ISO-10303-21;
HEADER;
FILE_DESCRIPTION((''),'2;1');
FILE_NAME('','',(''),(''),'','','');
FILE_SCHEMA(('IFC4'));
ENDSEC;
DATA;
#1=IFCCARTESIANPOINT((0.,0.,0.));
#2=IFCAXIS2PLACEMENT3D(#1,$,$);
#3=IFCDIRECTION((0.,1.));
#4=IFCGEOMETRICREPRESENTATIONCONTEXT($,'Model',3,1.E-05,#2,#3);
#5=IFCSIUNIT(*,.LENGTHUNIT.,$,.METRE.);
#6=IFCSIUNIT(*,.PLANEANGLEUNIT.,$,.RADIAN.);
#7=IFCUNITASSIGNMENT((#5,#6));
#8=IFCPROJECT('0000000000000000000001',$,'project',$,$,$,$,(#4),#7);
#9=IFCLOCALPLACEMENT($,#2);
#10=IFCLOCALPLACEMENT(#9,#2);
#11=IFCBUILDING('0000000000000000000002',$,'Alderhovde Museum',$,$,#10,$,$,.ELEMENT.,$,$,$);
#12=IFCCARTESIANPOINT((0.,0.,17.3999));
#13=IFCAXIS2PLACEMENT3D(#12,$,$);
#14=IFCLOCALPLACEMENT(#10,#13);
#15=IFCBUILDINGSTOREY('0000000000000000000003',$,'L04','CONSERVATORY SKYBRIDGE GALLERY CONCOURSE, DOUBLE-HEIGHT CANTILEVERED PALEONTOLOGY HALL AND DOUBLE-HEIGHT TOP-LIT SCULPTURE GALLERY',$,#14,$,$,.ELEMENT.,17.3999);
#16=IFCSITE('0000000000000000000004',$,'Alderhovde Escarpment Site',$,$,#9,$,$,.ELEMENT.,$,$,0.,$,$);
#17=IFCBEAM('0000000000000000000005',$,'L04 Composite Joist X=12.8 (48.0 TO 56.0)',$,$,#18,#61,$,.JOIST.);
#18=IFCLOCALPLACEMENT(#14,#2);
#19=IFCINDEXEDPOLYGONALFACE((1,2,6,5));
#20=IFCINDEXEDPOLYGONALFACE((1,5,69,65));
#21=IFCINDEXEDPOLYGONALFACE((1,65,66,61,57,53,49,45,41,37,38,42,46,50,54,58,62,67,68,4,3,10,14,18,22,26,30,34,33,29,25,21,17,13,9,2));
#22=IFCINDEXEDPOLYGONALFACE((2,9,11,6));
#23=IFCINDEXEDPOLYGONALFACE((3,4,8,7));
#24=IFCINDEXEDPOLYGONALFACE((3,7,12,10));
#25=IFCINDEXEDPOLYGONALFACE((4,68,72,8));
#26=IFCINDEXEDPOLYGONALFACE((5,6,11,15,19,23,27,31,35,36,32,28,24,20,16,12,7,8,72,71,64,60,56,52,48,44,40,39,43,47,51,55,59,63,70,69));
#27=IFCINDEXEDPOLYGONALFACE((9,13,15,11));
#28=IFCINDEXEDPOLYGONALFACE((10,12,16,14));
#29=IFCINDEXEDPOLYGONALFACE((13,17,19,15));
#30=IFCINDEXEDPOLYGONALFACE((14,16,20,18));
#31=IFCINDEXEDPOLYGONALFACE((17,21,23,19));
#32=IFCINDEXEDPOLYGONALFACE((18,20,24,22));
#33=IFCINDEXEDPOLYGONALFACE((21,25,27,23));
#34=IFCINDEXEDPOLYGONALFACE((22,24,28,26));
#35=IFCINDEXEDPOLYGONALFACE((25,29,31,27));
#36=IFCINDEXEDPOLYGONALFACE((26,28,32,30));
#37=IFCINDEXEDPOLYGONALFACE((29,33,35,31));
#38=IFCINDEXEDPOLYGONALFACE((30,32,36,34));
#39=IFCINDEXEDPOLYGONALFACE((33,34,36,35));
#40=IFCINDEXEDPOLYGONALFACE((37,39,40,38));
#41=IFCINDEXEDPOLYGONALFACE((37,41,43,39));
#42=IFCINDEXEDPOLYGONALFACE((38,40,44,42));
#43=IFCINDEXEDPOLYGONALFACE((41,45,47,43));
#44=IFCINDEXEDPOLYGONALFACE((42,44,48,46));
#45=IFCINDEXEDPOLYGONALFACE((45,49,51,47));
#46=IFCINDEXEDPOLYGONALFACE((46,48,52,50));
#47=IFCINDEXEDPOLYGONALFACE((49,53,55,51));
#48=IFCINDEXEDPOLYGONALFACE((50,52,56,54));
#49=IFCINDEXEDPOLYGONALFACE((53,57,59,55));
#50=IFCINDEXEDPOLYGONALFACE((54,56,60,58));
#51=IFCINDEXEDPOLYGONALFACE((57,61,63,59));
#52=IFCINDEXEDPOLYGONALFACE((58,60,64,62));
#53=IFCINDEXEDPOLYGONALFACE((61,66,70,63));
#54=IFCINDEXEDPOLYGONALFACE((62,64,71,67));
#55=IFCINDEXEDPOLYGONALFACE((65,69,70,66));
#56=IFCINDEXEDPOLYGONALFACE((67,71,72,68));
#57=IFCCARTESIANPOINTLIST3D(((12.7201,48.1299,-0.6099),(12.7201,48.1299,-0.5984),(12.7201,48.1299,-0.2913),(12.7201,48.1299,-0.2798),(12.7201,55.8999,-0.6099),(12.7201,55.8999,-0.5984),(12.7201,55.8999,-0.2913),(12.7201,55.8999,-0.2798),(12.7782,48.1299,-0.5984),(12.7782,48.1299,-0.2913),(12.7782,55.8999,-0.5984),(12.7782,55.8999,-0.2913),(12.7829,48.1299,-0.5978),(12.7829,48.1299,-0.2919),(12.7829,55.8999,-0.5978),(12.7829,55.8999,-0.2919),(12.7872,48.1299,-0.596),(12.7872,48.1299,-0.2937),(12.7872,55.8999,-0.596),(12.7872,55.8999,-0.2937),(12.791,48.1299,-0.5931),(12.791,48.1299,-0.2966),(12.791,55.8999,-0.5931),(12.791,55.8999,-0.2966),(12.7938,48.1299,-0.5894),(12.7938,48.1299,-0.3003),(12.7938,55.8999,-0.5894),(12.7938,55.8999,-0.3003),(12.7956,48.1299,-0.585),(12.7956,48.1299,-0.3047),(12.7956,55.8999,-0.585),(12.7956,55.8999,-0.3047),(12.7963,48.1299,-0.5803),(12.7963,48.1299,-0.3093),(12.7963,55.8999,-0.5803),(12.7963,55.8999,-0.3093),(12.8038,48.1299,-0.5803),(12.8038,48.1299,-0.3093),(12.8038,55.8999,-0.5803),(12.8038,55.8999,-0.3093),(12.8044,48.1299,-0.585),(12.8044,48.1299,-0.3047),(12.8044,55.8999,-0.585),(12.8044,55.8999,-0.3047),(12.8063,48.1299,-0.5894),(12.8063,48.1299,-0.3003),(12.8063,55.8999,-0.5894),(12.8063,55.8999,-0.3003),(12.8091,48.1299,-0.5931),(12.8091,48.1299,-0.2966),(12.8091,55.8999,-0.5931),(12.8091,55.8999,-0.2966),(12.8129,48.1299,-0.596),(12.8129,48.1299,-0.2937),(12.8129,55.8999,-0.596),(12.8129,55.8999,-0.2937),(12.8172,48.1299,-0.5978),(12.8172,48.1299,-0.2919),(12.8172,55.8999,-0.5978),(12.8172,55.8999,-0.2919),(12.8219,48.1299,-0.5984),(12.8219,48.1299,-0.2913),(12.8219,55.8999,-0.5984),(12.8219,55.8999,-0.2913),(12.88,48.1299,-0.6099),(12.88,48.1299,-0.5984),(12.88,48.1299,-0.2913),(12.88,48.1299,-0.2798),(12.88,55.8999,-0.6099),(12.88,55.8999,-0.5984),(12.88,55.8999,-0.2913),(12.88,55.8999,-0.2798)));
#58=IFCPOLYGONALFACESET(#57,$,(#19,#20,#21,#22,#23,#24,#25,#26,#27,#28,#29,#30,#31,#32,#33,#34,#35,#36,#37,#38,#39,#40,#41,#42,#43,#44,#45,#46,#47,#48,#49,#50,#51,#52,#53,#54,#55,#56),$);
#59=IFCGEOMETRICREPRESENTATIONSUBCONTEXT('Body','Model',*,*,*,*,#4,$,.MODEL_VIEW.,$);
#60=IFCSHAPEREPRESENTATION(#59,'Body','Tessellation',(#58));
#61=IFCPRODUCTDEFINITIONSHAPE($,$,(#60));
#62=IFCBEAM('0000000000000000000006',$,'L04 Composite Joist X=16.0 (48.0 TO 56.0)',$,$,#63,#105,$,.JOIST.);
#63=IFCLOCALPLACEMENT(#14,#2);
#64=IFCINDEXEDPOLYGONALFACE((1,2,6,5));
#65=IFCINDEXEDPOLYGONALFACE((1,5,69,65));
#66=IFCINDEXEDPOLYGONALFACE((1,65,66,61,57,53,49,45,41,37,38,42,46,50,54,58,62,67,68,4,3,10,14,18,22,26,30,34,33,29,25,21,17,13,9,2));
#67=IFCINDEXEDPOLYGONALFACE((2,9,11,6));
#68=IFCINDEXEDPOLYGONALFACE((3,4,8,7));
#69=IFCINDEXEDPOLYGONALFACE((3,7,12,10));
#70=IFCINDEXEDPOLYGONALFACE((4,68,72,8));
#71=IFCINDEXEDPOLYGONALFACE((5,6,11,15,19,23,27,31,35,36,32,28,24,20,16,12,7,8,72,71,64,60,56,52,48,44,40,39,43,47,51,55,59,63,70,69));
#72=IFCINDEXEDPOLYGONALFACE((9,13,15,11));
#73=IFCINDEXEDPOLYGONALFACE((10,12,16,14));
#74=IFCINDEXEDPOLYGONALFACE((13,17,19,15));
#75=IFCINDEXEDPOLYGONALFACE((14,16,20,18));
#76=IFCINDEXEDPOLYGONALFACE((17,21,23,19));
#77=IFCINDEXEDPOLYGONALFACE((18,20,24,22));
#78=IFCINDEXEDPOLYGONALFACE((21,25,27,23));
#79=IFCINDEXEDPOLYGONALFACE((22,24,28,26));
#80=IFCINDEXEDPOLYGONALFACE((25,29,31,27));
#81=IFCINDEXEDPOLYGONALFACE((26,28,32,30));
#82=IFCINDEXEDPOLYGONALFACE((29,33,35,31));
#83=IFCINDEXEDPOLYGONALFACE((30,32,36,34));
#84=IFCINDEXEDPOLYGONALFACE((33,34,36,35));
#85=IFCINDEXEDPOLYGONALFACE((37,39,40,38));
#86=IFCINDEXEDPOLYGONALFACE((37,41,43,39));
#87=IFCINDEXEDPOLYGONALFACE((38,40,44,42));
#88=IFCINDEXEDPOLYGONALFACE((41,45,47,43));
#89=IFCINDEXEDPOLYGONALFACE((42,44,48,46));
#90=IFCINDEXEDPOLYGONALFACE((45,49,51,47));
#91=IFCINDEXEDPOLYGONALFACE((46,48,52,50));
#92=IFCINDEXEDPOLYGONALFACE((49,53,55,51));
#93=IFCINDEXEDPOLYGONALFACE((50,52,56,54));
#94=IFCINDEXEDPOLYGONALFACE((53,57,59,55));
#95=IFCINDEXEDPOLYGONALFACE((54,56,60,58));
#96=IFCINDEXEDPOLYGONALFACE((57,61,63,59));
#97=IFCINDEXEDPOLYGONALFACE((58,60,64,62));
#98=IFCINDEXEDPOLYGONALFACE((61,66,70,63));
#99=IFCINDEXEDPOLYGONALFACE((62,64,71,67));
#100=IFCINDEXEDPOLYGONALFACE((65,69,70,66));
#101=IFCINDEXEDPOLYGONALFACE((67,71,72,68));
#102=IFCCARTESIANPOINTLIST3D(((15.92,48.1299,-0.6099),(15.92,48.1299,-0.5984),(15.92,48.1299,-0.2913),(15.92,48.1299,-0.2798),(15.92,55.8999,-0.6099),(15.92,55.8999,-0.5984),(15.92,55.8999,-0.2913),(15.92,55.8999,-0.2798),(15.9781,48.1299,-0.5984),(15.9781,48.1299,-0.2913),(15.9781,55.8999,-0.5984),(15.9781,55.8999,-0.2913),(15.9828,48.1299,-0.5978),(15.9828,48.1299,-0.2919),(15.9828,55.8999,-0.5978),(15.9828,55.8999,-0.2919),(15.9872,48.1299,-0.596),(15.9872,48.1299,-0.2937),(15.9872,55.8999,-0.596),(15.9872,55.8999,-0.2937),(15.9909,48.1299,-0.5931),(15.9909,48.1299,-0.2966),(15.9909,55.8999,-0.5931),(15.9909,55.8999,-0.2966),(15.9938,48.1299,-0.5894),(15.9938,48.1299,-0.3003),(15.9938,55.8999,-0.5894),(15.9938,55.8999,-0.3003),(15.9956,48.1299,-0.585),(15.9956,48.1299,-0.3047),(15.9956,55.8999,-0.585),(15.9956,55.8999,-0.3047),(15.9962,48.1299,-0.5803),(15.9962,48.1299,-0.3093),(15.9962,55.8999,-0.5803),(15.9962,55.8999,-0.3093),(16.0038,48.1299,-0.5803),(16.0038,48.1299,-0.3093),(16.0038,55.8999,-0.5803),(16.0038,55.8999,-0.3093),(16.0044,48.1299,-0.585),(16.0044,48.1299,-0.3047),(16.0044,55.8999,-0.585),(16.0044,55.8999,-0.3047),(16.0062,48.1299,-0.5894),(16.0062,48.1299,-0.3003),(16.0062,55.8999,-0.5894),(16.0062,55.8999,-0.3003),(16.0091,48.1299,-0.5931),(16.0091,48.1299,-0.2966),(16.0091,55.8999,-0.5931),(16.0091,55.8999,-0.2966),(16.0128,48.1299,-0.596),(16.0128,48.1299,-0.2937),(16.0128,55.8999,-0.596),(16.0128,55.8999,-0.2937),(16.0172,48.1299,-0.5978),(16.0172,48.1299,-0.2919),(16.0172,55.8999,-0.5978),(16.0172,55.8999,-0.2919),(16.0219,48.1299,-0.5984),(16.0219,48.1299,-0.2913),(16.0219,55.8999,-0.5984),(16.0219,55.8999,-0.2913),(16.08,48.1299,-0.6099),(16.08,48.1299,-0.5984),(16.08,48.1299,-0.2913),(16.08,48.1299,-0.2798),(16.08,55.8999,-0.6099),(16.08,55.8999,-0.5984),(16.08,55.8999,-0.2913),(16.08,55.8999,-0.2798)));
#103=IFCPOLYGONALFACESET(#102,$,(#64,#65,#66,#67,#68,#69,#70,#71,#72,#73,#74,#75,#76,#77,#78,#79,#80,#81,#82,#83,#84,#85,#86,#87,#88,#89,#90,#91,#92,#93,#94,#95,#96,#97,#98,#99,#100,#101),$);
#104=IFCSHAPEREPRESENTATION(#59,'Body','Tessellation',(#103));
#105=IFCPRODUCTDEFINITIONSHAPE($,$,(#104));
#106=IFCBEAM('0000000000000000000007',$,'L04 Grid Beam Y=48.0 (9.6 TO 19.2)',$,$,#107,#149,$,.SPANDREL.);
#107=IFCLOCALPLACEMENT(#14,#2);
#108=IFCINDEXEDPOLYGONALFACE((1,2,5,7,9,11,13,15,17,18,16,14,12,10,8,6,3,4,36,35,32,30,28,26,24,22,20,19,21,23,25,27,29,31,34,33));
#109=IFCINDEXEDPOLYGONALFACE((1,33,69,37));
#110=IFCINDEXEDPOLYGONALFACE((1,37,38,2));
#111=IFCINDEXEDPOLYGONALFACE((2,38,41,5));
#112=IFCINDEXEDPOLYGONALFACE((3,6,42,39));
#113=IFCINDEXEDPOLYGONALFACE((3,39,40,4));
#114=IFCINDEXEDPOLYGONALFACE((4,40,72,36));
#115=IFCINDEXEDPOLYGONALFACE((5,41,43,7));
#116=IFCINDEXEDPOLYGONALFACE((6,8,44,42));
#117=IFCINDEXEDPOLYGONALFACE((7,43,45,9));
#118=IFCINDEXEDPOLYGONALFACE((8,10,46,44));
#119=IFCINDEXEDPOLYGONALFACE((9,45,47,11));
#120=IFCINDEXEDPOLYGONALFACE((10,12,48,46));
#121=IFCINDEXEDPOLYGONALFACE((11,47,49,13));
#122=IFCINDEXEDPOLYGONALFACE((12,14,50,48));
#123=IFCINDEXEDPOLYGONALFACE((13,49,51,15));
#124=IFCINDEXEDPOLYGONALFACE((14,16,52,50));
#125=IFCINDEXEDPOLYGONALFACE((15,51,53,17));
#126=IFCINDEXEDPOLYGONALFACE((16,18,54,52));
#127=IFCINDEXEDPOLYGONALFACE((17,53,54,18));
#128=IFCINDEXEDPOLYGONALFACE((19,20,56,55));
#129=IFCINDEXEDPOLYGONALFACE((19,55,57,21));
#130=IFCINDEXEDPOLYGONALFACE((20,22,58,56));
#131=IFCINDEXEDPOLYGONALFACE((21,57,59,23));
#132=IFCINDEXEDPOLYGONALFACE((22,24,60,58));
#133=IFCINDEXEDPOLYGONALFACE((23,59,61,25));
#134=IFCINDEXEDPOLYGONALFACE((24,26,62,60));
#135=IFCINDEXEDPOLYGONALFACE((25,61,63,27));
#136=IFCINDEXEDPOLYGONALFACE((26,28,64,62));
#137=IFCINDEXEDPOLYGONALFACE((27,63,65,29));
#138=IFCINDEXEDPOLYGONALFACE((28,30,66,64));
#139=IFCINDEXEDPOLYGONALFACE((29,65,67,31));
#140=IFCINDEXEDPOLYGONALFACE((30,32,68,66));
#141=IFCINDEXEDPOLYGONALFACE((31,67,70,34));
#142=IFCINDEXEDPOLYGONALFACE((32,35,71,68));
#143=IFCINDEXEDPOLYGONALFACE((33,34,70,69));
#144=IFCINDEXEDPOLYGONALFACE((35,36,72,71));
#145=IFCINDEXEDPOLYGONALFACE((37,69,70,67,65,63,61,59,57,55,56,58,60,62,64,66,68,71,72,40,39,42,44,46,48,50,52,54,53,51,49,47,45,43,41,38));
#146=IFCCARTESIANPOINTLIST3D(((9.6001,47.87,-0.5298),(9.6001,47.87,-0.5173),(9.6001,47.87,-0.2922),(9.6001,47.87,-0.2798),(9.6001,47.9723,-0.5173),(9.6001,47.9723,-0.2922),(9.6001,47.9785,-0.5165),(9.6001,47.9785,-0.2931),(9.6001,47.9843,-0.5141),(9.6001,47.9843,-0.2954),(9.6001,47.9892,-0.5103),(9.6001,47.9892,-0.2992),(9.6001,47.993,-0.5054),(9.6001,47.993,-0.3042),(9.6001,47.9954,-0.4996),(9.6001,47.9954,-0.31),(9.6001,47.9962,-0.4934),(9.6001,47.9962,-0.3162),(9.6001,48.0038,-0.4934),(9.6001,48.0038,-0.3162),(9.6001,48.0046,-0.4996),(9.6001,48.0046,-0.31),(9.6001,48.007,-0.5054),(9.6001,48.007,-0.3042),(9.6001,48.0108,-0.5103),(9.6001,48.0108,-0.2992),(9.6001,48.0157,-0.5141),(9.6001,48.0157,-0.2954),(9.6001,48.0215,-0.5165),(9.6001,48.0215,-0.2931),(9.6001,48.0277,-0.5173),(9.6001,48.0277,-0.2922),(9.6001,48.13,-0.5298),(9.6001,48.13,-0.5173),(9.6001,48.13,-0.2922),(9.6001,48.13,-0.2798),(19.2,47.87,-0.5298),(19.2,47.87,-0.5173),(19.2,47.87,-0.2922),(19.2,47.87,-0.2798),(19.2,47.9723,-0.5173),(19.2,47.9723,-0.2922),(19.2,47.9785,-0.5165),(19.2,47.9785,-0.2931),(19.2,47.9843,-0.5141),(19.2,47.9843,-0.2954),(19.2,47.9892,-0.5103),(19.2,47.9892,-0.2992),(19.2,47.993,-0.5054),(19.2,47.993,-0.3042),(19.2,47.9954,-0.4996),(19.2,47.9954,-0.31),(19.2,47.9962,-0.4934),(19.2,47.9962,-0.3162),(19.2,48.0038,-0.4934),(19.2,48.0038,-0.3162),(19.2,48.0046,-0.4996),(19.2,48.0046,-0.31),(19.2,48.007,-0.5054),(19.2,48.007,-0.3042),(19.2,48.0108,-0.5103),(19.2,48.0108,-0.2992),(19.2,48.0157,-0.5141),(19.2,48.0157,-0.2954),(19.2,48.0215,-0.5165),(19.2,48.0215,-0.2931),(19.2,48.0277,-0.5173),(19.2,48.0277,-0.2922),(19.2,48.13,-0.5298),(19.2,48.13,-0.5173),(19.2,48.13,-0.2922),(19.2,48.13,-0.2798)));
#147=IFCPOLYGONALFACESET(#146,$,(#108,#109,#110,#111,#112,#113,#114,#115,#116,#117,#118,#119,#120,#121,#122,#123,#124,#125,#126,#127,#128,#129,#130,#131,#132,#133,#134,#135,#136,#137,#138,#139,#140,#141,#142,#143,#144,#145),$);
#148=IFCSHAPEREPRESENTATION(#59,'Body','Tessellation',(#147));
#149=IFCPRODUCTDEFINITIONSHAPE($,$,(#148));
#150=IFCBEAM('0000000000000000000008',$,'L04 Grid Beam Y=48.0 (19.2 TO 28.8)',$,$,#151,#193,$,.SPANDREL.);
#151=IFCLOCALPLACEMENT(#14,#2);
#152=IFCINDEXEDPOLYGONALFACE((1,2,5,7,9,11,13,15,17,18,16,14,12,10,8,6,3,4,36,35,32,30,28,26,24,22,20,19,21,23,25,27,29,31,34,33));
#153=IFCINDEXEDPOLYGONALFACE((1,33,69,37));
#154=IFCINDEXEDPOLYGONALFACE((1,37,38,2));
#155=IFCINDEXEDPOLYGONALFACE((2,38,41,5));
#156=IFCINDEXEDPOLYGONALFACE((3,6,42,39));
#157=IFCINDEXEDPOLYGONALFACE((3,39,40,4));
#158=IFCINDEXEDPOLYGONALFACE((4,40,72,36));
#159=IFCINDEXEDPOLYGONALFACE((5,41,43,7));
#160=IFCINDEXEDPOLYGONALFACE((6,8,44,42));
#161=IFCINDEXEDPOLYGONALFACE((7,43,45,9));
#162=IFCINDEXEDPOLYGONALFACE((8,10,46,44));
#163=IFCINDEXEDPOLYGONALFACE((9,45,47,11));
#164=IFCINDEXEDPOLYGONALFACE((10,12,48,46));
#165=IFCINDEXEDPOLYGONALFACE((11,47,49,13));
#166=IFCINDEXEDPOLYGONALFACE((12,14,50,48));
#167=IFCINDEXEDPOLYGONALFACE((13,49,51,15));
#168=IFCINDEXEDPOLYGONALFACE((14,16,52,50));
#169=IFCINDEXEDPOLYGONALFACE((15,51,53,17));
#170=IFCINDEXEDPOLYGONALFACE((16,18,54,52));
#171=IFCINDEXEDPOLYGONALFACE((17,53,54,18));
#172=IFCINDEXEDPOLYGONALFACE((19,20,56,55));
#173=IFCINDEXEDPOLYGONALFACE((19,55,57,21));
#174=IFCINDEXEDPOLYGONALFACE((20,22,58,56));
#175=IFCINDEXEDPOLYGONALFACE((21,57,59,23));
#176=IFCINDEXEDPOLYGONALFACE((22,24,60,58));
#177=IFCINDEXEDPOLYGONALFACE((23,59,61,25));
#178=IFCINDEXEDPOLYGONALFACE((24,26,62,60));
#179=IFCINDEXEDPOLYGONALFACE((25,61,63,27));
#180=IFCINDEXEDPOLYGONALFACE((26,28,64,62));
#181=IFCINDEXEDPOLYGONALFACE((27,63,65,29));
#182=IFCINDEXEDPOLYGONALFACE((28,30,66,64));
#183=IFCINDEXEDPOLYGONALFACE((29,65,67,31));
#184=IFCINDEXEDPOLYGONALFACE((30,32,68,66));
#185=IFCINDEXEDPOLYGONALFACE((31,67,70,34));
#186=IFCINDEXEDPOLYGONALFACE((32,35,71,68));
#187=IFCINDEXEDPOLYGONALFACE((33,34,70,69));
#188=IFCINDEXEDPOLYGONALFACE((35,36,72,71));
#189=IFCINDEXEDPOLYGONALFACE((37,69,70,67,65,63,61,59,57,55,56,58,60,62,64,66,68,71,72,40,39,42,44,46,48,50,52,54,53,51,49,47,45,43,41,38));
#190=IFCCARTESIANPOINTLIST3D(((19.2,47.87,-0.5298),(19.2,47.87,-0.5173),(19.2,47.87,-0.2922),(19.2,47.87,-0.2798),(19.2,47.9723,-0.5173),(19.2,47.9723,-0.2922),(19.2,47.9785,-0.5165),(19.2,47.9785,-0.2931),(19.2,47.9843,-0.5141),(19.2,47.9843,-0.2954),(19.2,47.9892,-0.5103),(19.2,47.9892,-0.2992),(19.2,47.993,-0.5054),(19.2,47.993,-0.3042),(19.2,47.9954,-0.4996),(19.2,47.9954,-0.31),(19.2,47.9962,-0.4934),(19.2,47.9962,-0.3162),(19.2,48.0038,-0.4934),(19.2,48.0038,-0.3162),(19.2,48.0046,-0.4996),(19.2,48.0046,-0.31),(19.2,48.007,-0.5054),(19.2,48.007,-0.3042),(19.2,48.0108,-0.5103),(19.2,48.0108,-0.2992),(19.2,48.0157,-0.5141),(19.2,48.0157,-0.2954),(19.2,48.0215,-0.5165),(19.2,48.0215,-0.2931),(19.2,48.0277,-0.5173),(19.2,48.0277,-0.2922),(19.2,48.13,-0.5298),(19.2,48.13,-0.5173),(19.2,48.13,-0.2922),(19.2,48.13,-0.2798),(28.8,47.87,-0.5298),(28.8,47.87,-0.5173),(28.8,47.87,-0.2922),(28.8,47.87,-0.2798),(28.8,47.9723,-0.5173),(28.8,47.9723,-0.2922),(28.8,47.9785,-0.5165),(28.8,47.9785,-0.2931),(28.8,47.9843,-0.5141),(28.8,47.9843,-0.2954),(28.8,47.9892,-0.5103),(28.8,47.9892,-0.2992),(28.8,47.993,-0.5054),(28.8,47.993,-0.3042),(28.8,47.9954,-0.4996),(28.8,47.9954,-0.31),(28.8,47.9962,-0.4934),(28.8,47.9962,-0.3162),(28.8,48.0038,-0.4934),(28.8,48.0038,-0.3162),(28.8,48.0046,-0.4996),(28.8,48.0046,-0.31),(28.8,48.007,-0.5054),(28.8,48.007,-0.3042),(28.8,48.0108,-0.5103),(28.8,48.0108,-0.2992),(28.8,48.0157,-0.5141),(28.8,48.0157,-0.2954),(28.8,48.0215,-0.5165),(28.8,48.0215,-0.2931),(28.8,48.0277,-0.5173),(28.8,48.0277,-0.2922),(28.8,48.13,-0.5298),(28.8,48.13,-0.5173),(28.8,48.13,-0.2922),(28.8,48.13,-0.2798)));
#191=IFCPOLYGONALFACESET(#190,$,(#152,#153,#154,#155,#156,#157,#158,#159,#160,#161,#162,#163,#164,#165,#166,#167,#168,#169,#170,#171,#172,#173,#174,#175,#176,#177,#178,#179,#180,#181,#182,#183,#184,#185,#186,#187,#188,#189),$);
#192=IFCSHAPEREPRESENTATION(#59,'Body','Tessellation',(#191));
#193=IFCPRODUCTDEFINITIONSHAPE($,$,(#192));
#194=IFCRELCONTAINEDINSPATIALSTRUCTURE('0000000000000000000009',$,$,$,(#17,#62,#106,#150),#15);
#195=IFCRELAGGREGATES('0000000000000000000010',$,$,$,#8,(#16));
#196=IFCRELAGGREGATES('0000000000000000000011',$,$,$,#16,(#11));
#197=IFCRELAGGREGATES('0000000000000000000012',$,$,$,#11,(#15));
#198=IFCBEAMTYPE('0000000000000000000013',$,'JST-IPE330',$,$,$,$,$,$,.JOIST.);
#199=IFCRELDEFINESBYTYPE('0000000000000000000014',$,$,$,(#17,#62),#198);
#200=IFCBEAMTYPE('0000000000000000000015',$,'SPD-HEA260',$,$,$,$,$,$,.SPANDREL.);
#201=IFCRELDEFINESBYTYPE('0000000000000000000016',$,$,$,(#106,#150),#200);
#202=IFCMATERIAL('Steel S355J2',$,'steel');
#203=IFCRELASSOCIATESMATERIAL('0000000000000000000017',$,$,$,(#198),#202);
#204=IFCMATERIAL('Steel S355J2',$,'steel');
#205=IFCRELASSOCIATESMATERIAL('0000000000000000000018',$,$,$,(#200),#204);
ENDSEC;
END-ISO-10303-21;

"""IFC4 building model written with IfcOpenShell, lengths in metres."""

from ifc_helpers import new_model, si_unit, direction, frame, origin, origin_2d, place, context, subcontext, project, spatial, i_section, extrude, material, material_profile, profile_set, type_object, element, save


model = new_model("IFC4")

# Units and contexts
model_context = context("Model", 3, precision=1e-05, world=origin(), true_north=direction((0.0, 1.0)))
body_context = subcontext(model_context, "Body", "Model", "MODEL_VIEW")
ifc_project = project(units=[si_unit("LENGTHUNIT", "METRE"), si_unit("PLANEANGLEUNIT", "RADIAN")], contexts=[model_context])

# Site, building, storey
site_placement = place(None, origin())
site = spatial("IfcSite", under=ifc_project, at=site_placement, Name="Alderhovde Escarpment Site", CompositionType="ELEMENT", RefElevation=0.0)
building_placement = place(site_placement, origin())
building = spatial("IfcBuilding", under=site, at=building_placement, Name="Alderhovde Museum", CompositionType="ELEMENT")
storey_placement = place(building_placement, frame((0.0, 0.0, 17.3999)))
storey = spatial("IfcBuildingStorey", under=building, at=storey_placement, Name="L04", Description="CONSERVATORY SKYBRIDGE GALLERY CONCOURSE, DOUBLE-HEIGHT CANTILEVERED PALEONTOLOGY HALL AND DOUBLE-HEIGHT TOP-LIT SCULPTURE GALLERY", CompositionType="ELEMENT", Elevation=17.3999)

# Beams
ifc_material_1 = material(Name="Steel S355J2", Category="steel")
ifc_material_profile_1 = material_profile(ifc_material_1, i_section(OverallWidth=0.1599, OverallDepth=0.3301, WebThickness=0.0076, FlangeThickness=0.0115, FilletRadius=0.0181, at=origin_2d()), Name="IPE 330")
ifc_profile_set_1 = profile_set([ifc_material_profile_1], Name="Steel S355J2")
beam_type_1 = type_object("IfcBeamType", Name="JST-IPE330", PredefinedType="JOIST", material=ifc_profile_set_1)
for number, where, z_axis, x_axis, name in (
    (1, (12.8, 48.1299, -0.4448), (0.0, 1.0, 0.0), (-1.0, 0.0, 0.0), "L04 Composite Joist X=12.8 (48.0 TO 56.0)"),
    (2, (16.0, 48.1299, -0.4448), (0.0, 1.0, 0.0), (-1.0, 0.0, 0.0), "L04 Composite Joist X=16.0 (48.0 TO 56.0)"),
):
    element("IfcBeam", number, at=place(storey_placement, frame(where, z_axis=z_axis, x_axis=x_axis)), inside=storey, type_object=beam_type_1, Name=name, PredefinedType="JOIST", context=body_context, shape_type="SweptSolid", body=[
        extrude(i_section(OverallWidth=0.1599, OverallDepth=0.3301, WebThickness=0.0076, FlangeThickness=0.0115, FilletRadius=0.0181, at=origin_2d()), origin(), (0.0, 0.0, 1.0), 7.77),
    ])
ifc_material_2 = material(Name="Steel S355J2", Category="steel")
ifc_material_profile_2 = material_profile(ifc_material_2, i_section(OverallWidth=0.26, OverallDepth=0.25, WebThickness=0.0076, FlangeThickness=0.0125, FilletRadius=0.0239, at=origin_2d()), Name="HEA 260")
ifc_profile_set_2 = profile_set([ifc_material_profile_2], Name="Steel S355J2")
beam_type_2 = type_object("IfcBeamType", Name="SPD-HEA260", PredefinedType="SPANDREL", material=ifc_profile_set_2)
beam_1_placement = place(storey_placement, frame((9.6001, 48.0, -0.4048), z_axis=(1.0, 0.0, 0.0), x_axis=(0.0, 1.0, 0.0)))
element("IfcBeam", 3, at=beam_1_placement, inside=storey, type_object=beam_type_2, Name="L04 Grid Beam Y=48.0 (9.6 TO 19.2)", PredefinedType="SPANDREL", context=body_context, shape_type="SweptSolid", body=[
    extrude(i_section(OverallWidth=0.26, OverallDepth=0.25, WebThickness=0.0076, FlangeThickness=0.0125, FilletRadius=0.0239, at=origin_2d()), origin(), (0.0, 0.0, 1.0), 9.5999),
])
beam_2_placement = place(storey_placement, frame((19.2, 48.0, -0.4048), z_axis=(1.0, 0.0, 0.0), x_axis=(0.0, 1.0, 0.0)))
element("IfcBeam", 4, at=beam_2_placement, inside=storey, type_object=beam_type_2, Name="L04 Grid Beam Y=48.0 (19.2 TO 28.8)", PredefinedType="SPANDREL", context=body_context, shape_type="SweptSolid", body=[
    extrude(i_section(OverallWidth=0.26, OverallDepth=0.25, WebThickness=0.0076, FlangeThickness=0.0125, FilletRadius=0.0239, at=origin_2d()), origin(), (0.0, 0.0, 1.0), 9.6001),
])

save(model, "model.ifc")
